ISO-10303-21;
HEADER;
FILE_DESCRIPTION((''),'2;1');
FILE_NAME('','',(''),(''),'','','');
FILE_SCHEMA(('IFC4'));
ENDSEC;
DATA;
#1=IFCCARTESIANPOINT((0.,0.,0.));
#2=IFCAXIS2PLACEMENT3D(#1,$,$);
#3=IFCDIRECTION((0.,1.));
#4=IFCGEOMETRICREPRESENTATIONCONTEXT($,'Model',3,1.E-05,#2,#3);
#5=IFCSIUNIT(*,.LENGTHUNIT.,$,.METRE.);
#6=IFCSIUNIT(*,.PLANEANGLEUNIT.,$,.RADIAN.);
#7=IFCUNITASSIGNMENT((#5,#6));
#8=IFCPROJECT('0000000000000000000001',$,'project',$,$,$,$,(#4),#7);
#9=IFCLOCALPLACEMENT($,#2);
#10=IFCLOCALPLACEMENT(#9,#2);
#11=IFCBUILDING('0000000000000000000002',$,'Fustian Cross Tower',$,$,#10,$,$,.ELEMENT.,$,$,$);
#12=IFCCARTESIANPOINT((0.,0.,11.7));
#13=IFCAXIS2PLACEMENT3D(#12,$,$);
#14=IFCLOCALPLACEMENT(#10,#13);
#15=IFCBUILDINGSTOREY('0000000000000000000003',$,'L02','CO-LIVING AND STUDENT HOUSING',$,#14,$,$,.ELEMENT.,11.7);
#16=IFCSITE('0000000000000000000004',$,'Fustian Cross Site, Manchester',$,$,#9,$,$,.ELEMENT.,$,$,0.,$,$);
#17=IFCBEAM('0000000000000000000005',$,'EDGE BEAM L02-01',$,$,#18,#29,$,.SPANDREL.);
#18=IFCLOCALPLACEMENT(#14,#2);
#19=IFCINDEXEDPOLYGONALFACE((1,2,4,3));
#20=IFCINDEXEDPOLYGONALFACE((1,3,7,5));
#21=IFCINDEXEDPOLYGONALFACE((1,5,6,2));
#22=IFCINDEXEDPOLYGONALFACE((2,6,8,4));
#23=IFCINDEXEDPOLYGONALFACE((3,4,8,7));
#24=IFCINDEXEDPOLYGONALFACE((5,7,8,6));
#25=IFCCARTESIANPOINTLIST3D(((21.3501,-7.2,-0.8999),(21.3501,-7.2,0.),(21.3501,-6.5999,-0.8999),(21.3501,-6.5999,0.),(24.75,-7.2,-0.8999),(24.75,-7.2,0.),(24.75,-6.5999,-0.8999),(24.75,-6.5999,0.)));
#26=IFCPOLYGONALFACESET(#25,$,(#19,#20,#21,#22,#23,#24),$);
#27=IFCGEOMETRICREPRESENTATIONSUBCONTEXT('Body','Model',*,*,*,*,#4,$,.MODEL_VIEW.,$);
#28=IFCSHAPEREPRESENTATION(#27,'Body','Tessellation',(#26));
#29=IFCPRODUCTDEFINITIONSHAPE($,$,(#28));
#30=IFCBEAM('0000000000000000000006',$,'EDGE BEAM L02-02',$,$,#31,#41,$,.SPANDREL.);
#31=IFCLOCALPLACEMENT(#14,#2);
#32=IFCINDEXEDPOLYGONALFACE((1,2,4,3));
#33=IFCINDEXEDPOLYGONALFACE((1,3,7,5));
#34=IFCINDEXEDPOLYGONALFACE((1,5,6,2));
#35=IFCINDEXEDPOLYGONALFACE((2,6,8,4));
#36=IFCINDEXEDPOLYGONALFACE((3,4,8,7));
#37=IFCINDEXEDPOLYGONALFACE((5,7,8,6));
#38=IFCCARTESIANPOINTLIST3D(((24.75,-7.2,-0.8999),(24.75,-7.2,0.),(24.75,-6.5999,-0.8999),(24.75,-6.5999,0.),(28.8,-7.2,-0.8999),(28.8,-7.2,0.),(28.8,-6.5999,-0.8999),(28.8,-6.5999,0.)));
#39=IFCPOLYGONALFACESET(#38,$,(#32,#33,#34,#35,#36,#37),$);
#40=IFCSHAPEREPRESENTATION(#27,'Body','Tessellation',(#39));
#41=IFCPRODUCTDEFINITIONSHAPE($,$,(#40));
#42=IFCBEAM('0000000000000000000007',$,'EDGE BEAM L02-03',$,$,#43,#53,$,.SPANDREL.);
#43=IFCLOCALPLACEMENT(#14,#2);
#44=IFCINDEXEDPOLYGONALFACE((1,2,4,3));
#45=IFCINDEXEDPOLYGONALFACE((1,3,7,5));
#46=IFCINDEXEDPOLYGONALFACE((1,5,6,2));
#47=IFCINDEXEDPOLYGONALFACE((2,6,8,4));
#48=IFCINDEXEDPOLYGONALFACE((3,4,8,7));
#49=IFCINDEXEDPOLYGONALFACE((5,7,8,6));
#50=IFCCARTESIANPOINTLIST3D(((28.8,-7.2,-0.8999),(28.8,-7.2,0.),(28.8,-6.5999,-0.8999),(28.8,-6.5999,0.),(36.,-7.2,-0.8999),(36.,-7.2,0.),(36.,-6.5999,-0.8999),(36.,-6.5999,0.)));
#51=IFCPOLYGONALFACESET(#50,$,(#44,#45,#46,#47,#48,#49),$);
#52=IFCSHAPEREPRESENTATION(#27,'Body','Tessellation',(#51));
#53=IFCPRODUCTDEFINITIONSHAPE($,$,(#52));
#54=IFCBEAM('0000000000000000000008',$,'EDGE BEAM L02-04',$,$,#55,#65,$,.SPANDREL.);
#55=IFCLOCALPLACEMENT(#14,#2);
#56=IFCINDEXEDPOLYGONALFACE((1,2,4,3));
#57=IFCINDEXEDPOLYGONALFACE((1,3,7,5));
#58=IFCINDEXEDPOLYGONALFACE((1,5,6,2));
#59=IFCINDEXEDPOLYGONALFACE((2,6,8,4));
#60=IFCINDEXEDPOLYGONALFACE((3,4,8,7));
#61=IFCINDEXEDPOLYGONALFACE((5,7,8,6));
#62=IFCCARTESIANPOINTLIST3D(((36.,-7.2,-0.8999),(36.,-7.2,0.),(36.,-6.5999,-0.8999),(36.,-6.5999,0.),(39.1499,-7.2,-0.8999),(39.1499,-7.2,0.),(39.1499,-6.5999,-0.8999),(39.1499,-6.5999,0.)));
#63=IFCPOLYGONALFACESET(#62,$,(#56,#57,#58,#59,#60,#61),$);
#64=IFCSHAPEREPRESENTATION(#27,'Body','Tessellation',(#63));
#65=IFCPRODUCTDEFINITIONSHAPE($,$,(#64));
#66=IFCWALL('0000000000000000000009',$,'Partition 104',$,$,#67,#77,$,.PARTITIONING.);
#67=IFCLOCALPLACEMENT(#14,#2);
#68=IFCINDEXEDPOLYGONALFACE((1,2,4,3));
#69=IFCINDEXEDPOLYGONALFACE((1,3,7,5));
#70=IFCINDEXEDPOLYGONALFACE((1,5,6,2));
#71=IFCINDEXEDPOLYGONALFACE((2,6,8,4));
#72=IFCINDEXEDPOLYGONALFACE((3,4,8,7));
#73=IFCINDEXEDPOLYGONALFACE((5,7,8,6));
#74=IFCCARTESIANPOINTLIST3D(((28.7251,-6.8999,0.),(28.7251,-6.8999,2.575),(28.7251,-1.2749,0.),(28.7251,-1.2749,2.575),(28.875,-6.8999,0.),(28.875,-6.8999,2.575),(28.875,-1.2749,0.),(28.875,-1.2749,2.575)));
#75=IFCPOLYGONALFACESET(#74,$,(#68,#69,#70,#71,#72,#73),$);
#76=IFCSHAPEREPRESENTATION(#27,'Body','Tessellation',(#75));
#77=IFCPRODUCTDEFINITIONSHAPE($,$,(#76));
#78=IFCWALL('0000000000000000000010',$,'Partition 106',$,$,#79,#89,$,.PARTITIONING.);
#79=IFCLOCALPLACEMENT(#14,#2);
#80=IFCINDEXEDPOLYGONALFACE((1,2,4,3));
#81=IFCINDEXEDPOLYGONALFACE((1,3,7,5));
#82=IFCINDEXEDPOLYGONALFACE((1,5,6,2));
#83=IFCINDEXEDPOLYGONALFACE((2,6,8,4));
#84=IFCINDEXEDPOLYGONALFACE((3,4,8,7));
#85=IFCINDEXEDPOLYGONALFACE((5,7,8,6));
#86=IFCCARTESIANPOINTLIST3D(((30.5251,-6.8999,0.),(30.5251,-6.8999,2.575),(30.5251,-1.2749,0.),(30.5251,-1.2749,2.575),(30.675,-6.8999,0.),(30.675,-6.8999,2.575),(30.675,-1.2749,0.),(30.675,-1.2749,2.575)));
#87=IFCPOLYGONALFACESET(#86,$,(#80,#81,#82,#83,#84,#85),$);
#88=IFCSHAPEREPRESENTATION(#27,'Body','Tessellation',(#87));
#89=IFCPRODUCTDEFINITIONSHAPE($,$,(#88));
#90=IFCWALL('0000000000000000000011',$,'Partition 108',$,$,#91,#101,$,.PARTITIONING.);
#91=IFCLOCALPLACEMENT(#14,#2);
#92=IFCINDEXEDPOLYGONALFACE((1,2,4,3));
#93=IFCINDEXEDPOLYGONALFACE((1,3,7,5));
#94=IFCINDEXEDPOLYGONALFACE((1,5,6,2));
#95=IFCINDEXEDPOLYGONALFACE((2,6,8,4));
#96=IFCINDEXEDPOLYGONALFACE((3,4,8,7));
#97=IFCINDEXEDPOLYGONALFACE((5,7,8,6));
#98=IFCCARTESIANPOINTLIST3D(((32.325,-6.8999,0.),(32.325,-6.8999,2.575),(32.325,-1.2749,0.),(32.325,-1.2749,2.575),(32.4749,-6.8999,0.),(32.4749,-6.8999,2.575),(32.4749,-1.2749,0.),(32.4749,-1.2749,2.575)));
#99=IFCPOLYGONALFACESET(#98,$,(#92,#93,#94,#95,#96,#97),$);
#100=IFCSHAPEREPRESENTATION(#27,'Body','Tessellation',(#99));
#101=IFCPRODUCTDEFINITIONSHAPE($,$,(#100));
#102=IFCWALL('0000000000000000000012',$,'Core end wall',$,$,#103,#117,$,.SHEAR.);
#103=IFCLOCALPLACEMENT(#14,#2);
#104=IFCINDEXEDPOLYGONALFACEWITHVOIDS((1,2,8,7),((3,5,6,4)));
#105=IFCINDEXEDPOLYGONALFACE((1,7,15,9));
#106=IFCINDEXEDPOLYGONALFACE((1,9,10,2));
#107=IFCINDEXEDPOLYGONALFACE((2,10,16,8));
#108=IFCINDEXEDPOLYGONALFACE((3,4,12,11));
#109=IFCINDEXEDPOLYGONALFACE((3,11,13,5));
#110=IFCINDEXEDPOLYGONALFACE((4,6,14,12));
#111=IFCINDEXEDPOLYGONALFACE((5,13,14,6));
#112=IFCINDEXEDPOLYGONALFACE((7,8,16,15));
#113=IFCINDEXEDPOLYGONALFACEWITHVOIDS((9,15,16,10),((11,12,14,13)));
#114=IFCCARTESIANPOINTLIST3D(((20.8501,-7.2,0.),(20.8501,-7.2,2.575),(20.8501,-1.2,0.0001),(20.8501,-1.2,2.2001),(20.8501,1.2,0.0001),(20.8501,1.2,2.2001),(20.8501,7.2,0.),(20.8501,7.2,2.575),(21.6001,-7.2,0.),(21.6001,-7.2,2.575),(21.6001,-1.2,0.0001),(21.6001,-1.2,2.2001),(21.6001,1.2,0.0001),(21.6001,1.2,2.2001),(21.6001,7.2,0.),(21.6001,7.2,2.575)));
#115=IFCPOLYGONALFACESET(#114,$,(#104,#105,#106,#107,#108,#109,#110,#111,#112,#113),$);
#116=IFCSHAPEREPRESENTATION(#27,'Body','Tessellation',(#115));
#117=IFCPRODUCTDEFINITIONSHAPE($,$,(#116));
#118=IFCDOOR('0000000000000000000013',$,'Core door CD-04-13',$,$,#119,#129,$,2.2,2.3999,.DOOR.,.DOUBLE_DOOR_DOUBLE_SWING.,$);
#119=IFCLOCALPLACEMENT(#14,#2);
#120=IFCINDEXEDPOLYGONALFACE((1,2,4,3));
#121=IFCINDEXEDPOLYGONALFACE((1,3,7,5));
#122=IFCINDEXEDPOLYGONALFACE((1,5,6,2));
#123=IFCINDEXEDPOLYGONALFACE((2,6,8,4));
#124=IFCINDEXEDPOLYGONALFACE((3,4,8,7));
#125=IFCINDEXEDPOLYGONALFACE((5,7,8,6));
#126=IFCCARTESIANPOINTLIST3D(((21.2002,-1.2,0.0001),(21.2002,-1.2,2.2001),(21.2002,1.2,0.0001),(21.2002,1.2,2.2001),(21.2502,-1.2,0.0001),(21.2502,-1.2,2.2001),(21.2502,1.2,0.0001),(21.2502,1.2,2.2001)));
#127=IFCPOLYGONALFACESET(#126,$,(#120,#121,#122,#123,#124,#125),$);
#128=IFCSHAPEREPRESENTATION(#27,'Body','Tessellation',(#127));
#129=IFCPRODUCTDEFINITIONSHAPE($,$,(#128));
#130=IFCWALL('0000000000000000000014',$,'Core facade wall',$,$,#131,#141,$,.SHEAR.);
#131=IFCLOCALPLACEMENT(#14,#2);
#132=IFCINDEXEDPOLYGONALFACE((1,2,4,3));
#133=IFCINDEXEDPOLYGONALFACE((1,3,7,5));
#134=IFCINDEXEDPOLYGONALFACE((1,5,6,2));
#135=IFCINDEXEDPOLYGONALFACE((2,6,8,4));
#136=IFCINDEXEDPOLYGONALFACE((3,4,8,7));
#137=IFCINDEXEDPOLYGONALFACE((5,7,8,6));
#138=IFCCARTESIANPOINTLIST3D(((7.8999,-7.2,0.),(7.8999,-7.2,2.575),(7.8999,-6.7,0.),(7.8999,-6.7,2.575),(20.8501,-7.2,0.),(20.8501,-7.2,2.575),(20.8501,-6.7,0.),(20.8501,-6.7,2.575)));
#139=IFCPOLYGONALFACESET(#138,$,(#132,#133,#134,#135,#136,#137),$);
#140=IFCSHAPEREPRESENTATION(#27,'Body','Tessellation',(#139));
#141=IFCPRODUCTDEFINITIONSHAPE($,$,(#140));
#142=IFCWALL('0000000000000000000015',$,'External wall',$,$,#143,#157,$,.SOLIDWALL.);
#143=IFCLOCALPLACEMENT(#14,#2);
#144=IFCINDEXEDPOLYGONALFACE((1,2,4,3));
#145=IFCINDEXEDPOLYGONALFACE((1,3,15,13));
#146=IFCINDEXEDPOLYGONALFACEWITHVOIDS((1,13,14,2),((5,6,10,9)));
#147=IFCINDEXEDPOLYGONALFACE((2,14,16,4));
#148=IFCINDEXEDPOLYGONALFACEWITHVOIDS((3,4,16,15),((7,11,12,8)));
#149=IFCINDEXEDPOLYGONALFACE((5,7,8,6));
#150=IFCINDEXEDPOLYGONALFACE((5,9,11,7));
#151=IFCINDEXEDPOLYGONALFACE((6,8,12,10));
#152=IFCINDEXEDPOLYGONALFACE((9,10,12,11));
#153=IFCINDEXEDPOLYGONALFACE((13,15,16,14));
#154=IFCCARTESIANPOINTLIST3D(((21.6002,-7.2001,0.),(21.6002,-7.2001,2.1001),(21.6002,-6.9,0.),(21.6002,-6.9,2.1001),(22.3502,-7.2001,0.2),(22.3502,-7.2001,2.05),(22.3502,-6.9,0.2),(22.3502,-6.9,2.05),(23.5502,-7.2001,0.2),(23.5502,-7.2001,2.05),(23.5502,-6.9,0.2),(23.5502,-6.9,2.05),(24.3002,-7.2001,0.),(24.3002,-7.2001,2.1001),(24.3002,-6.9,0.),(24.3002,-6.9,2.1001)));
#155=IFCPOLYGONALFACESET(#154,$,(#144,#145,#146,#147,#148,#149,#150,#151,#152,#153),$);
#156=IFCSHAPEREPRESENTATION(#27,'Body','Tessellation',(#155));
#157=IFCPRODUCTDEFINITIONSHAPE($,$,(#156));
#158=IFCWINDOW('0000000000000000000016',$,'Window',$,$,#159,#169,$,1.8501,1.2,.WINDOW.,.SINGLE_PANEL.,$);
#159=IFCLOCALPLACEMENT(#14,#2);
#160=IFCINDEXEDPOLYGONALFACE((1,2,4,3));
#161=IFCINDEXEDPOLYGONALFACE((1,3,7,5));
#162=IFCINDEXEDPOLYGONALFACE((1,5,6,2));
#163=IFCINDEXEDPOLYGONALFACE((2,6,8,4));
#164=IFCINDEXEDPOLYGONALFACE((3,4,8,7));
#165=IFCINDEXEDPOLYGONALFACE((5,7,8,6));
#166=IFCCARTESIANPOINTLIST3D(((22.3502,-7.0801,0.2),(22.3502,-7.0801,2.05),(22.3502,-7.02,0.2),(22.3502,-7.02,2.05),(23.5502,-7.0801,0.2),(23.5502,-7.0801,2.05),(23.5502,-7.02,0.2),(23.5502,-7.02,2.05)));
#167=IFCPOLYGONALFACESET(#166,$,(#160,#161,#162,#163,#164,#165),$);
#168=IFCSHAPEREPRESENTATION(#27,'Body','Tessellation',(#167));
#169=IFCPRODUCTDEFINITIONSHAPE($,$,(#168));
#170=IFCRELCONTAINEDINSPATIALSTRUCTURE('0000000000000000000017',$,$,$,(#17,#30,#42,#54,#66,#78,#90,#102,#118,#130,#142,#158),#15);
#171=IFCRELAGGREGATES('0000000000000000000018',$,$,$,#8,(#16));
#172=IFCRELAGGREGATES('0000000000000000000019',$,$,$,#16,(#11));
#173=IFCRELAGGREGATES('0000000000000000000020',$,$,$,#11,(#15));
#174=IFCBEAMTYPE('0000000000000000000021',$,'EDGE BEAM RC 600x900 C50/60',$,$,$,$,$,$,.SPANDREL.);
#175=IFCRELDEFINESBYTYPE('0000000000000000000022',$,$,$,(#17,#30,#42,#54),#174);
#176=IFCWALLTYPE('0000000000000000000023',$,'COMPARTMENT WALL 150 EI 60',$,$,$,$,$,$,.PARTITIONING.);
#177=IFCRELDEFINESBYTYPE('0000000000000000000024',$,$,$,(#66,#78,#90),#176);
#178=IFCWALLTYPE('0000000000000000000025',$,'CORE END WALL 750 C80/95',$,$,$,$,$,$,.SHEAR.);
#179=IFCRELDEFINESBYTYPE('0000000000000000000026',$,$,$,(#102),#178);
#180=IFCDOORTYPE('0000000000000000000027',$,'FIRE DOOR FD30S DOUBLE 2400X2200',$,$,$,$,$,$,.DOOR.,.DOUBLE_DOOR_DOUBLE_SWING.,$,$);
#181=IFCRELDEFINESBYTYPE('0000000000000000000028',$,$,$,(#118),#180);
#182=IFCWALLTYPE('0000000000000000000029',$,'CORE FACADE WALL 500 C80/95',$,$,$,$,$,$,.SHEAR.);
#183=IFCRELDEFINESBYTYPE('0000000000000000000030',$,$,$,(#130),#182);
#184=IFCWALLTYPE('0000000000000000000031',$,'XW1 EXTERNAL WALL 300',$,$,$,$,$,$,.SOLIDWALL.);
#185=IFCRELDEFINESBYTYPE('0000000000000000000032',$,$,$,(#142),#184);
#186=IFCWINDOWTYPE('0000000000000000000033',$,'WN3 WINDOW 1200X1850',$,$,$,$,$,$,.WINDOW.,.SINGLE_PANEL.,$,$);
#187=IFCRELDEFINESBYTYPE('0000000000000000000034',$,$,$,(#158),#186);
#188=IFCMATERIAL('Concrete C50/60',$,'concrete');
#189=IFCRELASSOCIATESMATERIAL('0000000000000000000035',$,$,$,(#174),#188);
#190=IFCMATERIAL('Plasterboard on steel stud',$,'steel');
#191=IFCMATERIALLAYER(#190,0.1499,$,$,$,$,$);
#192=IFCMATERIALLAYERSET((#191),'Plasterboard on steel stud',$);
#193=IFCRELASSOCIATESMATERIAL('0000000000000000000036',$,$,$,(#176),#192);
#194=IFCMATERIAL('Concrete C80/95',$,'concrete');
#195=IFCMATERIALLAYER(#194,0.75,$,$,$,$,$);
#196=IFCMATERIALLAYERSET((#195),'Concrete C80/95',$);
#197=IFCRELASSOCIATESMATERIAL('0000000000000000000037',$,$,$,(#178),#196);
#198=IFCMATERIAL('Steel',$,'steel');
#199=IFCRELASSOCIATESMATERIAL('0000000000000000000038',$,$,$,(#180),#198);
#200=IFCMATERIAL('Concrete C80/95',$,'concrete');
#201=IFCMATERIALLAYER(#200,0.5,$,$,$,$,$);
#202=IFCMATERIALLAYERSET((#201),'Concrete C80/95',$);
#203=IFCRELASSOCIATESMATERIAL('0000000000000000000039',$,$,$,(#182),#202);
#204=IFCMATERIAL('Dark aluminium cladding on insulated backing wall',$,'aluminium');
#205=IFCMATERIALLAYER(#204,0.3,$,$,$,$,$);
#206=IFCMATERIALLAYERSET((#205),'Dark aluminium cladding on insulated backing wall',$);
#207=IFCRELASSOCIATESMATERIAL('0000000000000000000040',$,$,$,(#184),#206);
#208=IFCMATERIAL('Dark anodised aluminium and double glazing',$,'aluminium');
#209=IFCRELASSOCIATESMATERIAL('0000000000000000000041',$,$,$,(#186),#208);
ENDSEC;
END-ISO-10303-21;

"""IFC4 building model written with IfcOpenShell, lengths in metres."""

from ifc_helpers import new_model, si_unit, direction, frame, frame_2d, origin, origin_2d, place, context, subcontext, project, spatial, rectangle, extrude, material, layer, layer_set, material_profile, profile_set, type_object, element, fill, save


model = new_model("IFC4")

# Units and contexts
model_context = context("Model", 3, precision=1e-05, world=origin(), true_north=direction((0.0, 1.0)))
body_context = subcontext(model_context, "Body", "Model", "MODEL_VIEW")
ifc_project = project(units=[si_unit("LENGTHUNIT", "METRE"), si_unit("PLANEANGLEUNIT", "RADIAN")], contexts=[model_context])

# Site, building, storey
site_placement = place(None, origin())
site = spatial("IfcSite", under=ifc_project, at=site_placement, Name="Fustian Cross Site, Manchester", CompositionType="ELEMENT", RefElevation=0.0)
building_placement = place(site_placement, origin())
building = spatial("IfcBuilding", under=site, at=building_placement, Name="Fustian Cross Tower", CompositionType="ELEMENT")
storey_placement = place(building_placement, frame((0.0, 0.0, 11.7)))
storey = spatial("IfcBuildingStorey", under=building, at=storey_placement, Name="L02", Description="CO-LIVING AND STUDENT HOUSING", CompositionType="ELEMENT", Elevation=11.7)

# Beams
ifc_material_1 = material(Name="Concrete C50/60", Category="concrete")
ifc_material_profile = material_profile(ifc_material_1, rectangle(XDim=0.6001, YDim=0.8999, at=origin_2d()), Name="RC 600x900")
ifc_profile_set = profile_set([ifc_material_profile], Name="Concrete C50/60")
beam_type = type_object("IfcBeamType", Name="EDGE BEAM RC 600x900 C50/60", PredefinedType="SPANDREL", material=ifc_profile_set)
beam_1_placement = place(storey_placement, frame((21.3501, -6.8999, -0.45), z_axis=(1.0, 0.0, 0.0), x_axis=(0.0, 1.0, 0.0)))
element("IfcBeam", 1, at=beam_1_placement, inside=storey, type_object=beam_type, Name="EDGE BEAM L02-01", PredefinedType="SPANDREL", context=body_context, shape_type="SweptSolid", body=[
    extrude(rectangle(XDim=0.6001, YDim=0.8999, at=origin_2d()), origin(), (0.0, 0.0, 1.0), 3.3999),
])
beam_2_placement = place(storey_placement, frame((24.75, -6.8999, -0.45), z_axis=(1.0, 0.0, 0.0), x_axis=(0.0, 1.0, 0.0)))
element("IfcBeam", 2, at=beam_2_placement, inside=storey, type_object=beam_type, Name="EDGE BEAM L02-02", PredefinedType="SPANDREL", context=body_context, shape_type="SweptSolid", body=[
    extrude(rectangle(XDim=0.6001, YDim=0.8999, at=origin_2d()), origin(), (0.0, 0.0, 1.0), 4.05),
])
beam_3_placement = place(storey_placement, frame((28.8, -6.8999, -0.45), z_axis=(1.0, 0.0, 0.0), x_axis=(0.0, 1.0, 0.0)))
element("IfcBeam", 3, at=beam_3_placement, inside=storey, type_object=beam_type, Name="EDGE BEAM L02-03", PredefinedType="SPANDREL", context=body_context, shape_type="SweptSolid", body=[
    extrude(rectangle(XDim=0.6001, YDim=0.8999, at=origin_2d()), origin(), (0.0, 0.0, 1.0), 7.2),
])
beam_4_placement = place(storey_placement, frame((36.0, -6.8999, -0.45), z_axis=(1.0, 0.0, 0.0), x_axis=(0.0, 1.0, 0.0)))
element("IfcBeam", 4, at=beam_4_placement, inside=storey, type_object=beam_type, Name="EDGE BEAM L02-04", PredefinedType="SPANDREL", context=body_context, shape_type="SweptSolid", body=[
    extrude(rectangle(XDim=0.6001, YDim=0.8999, at=origin_2d()), origin(), (0.0, 0.0, 1.0), 3.1499),
])

# Walls
ifc_material_2 = material(Name="Plasterboard on steel stud", Category="steel")
ifc_layer_1 = layer(ifc_material_2, 0.1499)
ifc_layer_set_1 = layer_set([ifc_layer_1], Name="Plasterboard on steel stud")
wall_type_1 = type_object("IfcWallType", Name="COMPARTMENT WALL 150 EI 60", PredefinedType="PARTITIONING", material=ifc_layer_set_1)
for number, where, z_axis, x_axis, name in (
    (5, (28.8, -6.8999, 0.0), (0.0, 0.0, 1.0), (0.0, 1.0, 0.0), "Partition 104"),
    (6, (30.6001, -6.8999, 0.0), (0.0, 0.0, 1.0), (0.0, 1.0, 0.0), "Partition 106"),
    (7, (32.3999, -6.8999, 0.0), (0.0, 0.0, 1.0), (0.0, 1.0, 0.0), "Partition 108"),
):
    element("IfcWall", number, at=place(storey_placement, frame(where, z_axis=z_axis, x_axis=x_axis)), inside=storey, type_object=wall_type_1, Name=name, PredefinedType="PARTITIONING", context=body_context, shape_type="SweptSolid", body=[
        extrude(rectangle(XDim=5.625, YDim=0.1499, at=frame_2d((2.8125, 0.0))), origin(), (0.0, 0.0, 1.0), 2.575),
    ])

# Wall, opening, door
ifc_material_3 = material(Name="Concrete C80/95", Category="concrete")
ifc_layer_2 = layer(ifc_material_3, 0.75)
ifc_layer_set_2 = layer_set([ifc_layer_2], Name="Concrete C80/95")
wall_type_2 = type_object("IfcWallType", Name="CORE END WALL 750 C80/95", PredefinedType="SHEAR", material=ifc_layer_set_2)
wall_1_placement = place(storey_placement, frame((21.2251, -7.2, 0.0), z_axis=(0.0, 0.0, 1.0), x_axis=(0.0, 1.0, 0.0)))
wall_1 = element("IfcWall", 8, at=wall_1_placement, inside=storey, type_object=wall_type_2, Name="Core end wall", PredefinedType="SHEAR", context=body_context, shape_type="SweptSolid", body=[
    extrude(rectangle(XDim=14.3999, YDim=0.75, at=frame_2d((7.2, 0.0))), origin(), (0.0, 0.0, 1.0), 2.575),
])
opening_1_placement = place(wall_1_placement, frame((6.0, 0.0, 0.0)))
opening_1 = element("IfcOpeningElement", 9, at=opening_1_placement, cuts=wall_1, PredefinedType="OPENING", context=body_context, shape_type="SweptSolid", body=[
    extrude(rectangle(XDim=2.3999, YDim=2.2, at=frame_2d((1.2, 1.1001))), frame((0.0, 0.385, 0.0), z_axis=(0.0, -1.0, 0.0), x_axis=(1.0, 0.0, 0.0)), (0.0, 0.0, 1.0), 0.77),
])
ifc_material_4 = material(Name="Steel", Category="steel")
door_type = type_object("IfcDoorType", Name="FIRE DOOR FD30S DOUBLE 2400X2200", OperationType="DOUBLE_DOOR_DOUBLE_SWING", PredefinedType="DOOR", material=ifc_material_4)
door_placement = place(opening_1_placement, origin())
door = element("IfcDoor", 10, at=door_placement, inside=storey, type_object=door_type, Name="Core door CD-04-13", OperationType="DOUBLE_DOOR_DOUBLE_SWING", OverallHeight=2.2, OverallWidth=2.3999, PredefinedType="DOOR", context=body_context, shape_type="SweptSolid", body=[
    extrude(rectangle(XDim=2.3999, YDim=2.2, at=frame_2d((1.2, 1.1001))), frame((0.0, 0.0249, 0.0), z_axis=(0.0, -1.0, 0.0), x_axis=(1.0, 0.0, 0.0)), (0.0, 0.0, 1.0), 0.05),
])
fill(opening_1, door)

# Wall
ifc_material_5 = material(Name="Concrete C80/95", Category="concrete")
ifc_layer_3 = layer(ifc_material_5, 0.5)
ifc_layer_set_3 = layer_set([ifc_layer_3], Name="Concrete C80/95")
wall_type_3 = type_object("IfcWallType", Name="CORE FACADE WALL 500 C80/95", PredefinedType="SHEAR", material=ifc_layer_set_3)
wall_2_placement = place(storey_placement, frame((7.8999, -6.95, 0.0), z_axis=(0.0, 0.0, 1.0), x_axis=(1.0, 0.0, 0.0)))
element("IfcWall", 11, at=wall_2_placement, inside=storey, type_object=wall_type_3, Name="Core facade wall", PredefinedType="SHEAR", context=body_context, shape_type="SweptSolid", body=[
    extrude(rectangle(XDim=12.9502, YDim=0.5, at=frame_2d((6.4751, 0.0))), origin(), (0.0, 0.0, 1.0), 2.575),
])

# Wall, opening, window
ifc_material_6 = material(Name="Dark aluminium cladding on insulated backing wall", Category="aluminium")
ifc_layer_4 = layer(ifc_material_6, 0.3)
ifc_layer_set_4 = layer_set([ifc_layer_4], Name="Dark aluminium cladding on insulated backing wall")
wall_type_4 = type_object("IfcWallType", Name="XW1 EXTERNAL WALL 300", PredefinedType="SOLIDWALL", material=ifc_layer_set_4)
wall_3_placement = place(storey_placement, frame((21.6001, -7.05, 0.0), z_axis=(0.0, 0.0, 1.0), x_axis=(1.0, 0.0, 0.0)))
wall_3 = element("IfcWall", 12, at=wall_3_placement, inside=storey, type_object=wall_type_4, Name="External wall", PredefinedType="SOLIDWALL", context=body_context, shape_type="SweptSolid", body=[
    extrude(rectangle(XDim=2.7, YDim=0.3, at=frame_2d((1.3501, 0.0))), origin(), (0.0, 0.0, 1.0), 2.1001),
])
opening_2_placement = place(wall_3_placement, frame((0.75, 0.0, 0.2)))
opening_2 = element("IfcOpeningElement", 13, at=opening_2_placement, cuts=wall_3, PredefinedType="OPENING", context=body_context, shape_type="SweptSolid", body=[
    extrude(rectangle(XDim=1.2, YDim=1.8501, at=frame_2d((0.6001, 0.925))), frame((0.0, 0.1599, 0.0), z_axis=(0.0, -1.0, 0.0), x_axis=(1.0, 0.0, 0.0)), (0.0, 0.0, 1.0), 0.3201),
])
ifc_material_7 = material(Name="Dark anodised aluminium and double glazing", Category="aluminium")
window_type = type_object("IfcWindowType", Name="WN3 WINDOW 1200X1850", PartitioningType="SINGLE_PANEL", PredefinedType="WINDOW", material=ifc_material_7)
window_1_placement = place(opening_2_placement, origin())
window_1 = element("IfcWindow", 14, at=window_1_placement, inside=storey, type_object=window_type, Name="Window", OverallHeight=1.8501, OverallWidth=1.2, PartitioningType="SINGLE_PANEL", PredefinedType="WINDOW", context=body_context, shape_type="SweptSolid", body=[
    extrude(rectangle(XDim=1.2, YDim=1.8501, at=frame_2d((0.6001, 0.925))), frame((0.0, 0.03, 0.0), z_axis=(0.0, -1.0, 0.0), x_axis=(1.0, 0.0, 0.0)), (0.0, 0.0, 1.0), 0.0601),
])
fill(opening_2, window_1)

save(model, "model.ifc")
